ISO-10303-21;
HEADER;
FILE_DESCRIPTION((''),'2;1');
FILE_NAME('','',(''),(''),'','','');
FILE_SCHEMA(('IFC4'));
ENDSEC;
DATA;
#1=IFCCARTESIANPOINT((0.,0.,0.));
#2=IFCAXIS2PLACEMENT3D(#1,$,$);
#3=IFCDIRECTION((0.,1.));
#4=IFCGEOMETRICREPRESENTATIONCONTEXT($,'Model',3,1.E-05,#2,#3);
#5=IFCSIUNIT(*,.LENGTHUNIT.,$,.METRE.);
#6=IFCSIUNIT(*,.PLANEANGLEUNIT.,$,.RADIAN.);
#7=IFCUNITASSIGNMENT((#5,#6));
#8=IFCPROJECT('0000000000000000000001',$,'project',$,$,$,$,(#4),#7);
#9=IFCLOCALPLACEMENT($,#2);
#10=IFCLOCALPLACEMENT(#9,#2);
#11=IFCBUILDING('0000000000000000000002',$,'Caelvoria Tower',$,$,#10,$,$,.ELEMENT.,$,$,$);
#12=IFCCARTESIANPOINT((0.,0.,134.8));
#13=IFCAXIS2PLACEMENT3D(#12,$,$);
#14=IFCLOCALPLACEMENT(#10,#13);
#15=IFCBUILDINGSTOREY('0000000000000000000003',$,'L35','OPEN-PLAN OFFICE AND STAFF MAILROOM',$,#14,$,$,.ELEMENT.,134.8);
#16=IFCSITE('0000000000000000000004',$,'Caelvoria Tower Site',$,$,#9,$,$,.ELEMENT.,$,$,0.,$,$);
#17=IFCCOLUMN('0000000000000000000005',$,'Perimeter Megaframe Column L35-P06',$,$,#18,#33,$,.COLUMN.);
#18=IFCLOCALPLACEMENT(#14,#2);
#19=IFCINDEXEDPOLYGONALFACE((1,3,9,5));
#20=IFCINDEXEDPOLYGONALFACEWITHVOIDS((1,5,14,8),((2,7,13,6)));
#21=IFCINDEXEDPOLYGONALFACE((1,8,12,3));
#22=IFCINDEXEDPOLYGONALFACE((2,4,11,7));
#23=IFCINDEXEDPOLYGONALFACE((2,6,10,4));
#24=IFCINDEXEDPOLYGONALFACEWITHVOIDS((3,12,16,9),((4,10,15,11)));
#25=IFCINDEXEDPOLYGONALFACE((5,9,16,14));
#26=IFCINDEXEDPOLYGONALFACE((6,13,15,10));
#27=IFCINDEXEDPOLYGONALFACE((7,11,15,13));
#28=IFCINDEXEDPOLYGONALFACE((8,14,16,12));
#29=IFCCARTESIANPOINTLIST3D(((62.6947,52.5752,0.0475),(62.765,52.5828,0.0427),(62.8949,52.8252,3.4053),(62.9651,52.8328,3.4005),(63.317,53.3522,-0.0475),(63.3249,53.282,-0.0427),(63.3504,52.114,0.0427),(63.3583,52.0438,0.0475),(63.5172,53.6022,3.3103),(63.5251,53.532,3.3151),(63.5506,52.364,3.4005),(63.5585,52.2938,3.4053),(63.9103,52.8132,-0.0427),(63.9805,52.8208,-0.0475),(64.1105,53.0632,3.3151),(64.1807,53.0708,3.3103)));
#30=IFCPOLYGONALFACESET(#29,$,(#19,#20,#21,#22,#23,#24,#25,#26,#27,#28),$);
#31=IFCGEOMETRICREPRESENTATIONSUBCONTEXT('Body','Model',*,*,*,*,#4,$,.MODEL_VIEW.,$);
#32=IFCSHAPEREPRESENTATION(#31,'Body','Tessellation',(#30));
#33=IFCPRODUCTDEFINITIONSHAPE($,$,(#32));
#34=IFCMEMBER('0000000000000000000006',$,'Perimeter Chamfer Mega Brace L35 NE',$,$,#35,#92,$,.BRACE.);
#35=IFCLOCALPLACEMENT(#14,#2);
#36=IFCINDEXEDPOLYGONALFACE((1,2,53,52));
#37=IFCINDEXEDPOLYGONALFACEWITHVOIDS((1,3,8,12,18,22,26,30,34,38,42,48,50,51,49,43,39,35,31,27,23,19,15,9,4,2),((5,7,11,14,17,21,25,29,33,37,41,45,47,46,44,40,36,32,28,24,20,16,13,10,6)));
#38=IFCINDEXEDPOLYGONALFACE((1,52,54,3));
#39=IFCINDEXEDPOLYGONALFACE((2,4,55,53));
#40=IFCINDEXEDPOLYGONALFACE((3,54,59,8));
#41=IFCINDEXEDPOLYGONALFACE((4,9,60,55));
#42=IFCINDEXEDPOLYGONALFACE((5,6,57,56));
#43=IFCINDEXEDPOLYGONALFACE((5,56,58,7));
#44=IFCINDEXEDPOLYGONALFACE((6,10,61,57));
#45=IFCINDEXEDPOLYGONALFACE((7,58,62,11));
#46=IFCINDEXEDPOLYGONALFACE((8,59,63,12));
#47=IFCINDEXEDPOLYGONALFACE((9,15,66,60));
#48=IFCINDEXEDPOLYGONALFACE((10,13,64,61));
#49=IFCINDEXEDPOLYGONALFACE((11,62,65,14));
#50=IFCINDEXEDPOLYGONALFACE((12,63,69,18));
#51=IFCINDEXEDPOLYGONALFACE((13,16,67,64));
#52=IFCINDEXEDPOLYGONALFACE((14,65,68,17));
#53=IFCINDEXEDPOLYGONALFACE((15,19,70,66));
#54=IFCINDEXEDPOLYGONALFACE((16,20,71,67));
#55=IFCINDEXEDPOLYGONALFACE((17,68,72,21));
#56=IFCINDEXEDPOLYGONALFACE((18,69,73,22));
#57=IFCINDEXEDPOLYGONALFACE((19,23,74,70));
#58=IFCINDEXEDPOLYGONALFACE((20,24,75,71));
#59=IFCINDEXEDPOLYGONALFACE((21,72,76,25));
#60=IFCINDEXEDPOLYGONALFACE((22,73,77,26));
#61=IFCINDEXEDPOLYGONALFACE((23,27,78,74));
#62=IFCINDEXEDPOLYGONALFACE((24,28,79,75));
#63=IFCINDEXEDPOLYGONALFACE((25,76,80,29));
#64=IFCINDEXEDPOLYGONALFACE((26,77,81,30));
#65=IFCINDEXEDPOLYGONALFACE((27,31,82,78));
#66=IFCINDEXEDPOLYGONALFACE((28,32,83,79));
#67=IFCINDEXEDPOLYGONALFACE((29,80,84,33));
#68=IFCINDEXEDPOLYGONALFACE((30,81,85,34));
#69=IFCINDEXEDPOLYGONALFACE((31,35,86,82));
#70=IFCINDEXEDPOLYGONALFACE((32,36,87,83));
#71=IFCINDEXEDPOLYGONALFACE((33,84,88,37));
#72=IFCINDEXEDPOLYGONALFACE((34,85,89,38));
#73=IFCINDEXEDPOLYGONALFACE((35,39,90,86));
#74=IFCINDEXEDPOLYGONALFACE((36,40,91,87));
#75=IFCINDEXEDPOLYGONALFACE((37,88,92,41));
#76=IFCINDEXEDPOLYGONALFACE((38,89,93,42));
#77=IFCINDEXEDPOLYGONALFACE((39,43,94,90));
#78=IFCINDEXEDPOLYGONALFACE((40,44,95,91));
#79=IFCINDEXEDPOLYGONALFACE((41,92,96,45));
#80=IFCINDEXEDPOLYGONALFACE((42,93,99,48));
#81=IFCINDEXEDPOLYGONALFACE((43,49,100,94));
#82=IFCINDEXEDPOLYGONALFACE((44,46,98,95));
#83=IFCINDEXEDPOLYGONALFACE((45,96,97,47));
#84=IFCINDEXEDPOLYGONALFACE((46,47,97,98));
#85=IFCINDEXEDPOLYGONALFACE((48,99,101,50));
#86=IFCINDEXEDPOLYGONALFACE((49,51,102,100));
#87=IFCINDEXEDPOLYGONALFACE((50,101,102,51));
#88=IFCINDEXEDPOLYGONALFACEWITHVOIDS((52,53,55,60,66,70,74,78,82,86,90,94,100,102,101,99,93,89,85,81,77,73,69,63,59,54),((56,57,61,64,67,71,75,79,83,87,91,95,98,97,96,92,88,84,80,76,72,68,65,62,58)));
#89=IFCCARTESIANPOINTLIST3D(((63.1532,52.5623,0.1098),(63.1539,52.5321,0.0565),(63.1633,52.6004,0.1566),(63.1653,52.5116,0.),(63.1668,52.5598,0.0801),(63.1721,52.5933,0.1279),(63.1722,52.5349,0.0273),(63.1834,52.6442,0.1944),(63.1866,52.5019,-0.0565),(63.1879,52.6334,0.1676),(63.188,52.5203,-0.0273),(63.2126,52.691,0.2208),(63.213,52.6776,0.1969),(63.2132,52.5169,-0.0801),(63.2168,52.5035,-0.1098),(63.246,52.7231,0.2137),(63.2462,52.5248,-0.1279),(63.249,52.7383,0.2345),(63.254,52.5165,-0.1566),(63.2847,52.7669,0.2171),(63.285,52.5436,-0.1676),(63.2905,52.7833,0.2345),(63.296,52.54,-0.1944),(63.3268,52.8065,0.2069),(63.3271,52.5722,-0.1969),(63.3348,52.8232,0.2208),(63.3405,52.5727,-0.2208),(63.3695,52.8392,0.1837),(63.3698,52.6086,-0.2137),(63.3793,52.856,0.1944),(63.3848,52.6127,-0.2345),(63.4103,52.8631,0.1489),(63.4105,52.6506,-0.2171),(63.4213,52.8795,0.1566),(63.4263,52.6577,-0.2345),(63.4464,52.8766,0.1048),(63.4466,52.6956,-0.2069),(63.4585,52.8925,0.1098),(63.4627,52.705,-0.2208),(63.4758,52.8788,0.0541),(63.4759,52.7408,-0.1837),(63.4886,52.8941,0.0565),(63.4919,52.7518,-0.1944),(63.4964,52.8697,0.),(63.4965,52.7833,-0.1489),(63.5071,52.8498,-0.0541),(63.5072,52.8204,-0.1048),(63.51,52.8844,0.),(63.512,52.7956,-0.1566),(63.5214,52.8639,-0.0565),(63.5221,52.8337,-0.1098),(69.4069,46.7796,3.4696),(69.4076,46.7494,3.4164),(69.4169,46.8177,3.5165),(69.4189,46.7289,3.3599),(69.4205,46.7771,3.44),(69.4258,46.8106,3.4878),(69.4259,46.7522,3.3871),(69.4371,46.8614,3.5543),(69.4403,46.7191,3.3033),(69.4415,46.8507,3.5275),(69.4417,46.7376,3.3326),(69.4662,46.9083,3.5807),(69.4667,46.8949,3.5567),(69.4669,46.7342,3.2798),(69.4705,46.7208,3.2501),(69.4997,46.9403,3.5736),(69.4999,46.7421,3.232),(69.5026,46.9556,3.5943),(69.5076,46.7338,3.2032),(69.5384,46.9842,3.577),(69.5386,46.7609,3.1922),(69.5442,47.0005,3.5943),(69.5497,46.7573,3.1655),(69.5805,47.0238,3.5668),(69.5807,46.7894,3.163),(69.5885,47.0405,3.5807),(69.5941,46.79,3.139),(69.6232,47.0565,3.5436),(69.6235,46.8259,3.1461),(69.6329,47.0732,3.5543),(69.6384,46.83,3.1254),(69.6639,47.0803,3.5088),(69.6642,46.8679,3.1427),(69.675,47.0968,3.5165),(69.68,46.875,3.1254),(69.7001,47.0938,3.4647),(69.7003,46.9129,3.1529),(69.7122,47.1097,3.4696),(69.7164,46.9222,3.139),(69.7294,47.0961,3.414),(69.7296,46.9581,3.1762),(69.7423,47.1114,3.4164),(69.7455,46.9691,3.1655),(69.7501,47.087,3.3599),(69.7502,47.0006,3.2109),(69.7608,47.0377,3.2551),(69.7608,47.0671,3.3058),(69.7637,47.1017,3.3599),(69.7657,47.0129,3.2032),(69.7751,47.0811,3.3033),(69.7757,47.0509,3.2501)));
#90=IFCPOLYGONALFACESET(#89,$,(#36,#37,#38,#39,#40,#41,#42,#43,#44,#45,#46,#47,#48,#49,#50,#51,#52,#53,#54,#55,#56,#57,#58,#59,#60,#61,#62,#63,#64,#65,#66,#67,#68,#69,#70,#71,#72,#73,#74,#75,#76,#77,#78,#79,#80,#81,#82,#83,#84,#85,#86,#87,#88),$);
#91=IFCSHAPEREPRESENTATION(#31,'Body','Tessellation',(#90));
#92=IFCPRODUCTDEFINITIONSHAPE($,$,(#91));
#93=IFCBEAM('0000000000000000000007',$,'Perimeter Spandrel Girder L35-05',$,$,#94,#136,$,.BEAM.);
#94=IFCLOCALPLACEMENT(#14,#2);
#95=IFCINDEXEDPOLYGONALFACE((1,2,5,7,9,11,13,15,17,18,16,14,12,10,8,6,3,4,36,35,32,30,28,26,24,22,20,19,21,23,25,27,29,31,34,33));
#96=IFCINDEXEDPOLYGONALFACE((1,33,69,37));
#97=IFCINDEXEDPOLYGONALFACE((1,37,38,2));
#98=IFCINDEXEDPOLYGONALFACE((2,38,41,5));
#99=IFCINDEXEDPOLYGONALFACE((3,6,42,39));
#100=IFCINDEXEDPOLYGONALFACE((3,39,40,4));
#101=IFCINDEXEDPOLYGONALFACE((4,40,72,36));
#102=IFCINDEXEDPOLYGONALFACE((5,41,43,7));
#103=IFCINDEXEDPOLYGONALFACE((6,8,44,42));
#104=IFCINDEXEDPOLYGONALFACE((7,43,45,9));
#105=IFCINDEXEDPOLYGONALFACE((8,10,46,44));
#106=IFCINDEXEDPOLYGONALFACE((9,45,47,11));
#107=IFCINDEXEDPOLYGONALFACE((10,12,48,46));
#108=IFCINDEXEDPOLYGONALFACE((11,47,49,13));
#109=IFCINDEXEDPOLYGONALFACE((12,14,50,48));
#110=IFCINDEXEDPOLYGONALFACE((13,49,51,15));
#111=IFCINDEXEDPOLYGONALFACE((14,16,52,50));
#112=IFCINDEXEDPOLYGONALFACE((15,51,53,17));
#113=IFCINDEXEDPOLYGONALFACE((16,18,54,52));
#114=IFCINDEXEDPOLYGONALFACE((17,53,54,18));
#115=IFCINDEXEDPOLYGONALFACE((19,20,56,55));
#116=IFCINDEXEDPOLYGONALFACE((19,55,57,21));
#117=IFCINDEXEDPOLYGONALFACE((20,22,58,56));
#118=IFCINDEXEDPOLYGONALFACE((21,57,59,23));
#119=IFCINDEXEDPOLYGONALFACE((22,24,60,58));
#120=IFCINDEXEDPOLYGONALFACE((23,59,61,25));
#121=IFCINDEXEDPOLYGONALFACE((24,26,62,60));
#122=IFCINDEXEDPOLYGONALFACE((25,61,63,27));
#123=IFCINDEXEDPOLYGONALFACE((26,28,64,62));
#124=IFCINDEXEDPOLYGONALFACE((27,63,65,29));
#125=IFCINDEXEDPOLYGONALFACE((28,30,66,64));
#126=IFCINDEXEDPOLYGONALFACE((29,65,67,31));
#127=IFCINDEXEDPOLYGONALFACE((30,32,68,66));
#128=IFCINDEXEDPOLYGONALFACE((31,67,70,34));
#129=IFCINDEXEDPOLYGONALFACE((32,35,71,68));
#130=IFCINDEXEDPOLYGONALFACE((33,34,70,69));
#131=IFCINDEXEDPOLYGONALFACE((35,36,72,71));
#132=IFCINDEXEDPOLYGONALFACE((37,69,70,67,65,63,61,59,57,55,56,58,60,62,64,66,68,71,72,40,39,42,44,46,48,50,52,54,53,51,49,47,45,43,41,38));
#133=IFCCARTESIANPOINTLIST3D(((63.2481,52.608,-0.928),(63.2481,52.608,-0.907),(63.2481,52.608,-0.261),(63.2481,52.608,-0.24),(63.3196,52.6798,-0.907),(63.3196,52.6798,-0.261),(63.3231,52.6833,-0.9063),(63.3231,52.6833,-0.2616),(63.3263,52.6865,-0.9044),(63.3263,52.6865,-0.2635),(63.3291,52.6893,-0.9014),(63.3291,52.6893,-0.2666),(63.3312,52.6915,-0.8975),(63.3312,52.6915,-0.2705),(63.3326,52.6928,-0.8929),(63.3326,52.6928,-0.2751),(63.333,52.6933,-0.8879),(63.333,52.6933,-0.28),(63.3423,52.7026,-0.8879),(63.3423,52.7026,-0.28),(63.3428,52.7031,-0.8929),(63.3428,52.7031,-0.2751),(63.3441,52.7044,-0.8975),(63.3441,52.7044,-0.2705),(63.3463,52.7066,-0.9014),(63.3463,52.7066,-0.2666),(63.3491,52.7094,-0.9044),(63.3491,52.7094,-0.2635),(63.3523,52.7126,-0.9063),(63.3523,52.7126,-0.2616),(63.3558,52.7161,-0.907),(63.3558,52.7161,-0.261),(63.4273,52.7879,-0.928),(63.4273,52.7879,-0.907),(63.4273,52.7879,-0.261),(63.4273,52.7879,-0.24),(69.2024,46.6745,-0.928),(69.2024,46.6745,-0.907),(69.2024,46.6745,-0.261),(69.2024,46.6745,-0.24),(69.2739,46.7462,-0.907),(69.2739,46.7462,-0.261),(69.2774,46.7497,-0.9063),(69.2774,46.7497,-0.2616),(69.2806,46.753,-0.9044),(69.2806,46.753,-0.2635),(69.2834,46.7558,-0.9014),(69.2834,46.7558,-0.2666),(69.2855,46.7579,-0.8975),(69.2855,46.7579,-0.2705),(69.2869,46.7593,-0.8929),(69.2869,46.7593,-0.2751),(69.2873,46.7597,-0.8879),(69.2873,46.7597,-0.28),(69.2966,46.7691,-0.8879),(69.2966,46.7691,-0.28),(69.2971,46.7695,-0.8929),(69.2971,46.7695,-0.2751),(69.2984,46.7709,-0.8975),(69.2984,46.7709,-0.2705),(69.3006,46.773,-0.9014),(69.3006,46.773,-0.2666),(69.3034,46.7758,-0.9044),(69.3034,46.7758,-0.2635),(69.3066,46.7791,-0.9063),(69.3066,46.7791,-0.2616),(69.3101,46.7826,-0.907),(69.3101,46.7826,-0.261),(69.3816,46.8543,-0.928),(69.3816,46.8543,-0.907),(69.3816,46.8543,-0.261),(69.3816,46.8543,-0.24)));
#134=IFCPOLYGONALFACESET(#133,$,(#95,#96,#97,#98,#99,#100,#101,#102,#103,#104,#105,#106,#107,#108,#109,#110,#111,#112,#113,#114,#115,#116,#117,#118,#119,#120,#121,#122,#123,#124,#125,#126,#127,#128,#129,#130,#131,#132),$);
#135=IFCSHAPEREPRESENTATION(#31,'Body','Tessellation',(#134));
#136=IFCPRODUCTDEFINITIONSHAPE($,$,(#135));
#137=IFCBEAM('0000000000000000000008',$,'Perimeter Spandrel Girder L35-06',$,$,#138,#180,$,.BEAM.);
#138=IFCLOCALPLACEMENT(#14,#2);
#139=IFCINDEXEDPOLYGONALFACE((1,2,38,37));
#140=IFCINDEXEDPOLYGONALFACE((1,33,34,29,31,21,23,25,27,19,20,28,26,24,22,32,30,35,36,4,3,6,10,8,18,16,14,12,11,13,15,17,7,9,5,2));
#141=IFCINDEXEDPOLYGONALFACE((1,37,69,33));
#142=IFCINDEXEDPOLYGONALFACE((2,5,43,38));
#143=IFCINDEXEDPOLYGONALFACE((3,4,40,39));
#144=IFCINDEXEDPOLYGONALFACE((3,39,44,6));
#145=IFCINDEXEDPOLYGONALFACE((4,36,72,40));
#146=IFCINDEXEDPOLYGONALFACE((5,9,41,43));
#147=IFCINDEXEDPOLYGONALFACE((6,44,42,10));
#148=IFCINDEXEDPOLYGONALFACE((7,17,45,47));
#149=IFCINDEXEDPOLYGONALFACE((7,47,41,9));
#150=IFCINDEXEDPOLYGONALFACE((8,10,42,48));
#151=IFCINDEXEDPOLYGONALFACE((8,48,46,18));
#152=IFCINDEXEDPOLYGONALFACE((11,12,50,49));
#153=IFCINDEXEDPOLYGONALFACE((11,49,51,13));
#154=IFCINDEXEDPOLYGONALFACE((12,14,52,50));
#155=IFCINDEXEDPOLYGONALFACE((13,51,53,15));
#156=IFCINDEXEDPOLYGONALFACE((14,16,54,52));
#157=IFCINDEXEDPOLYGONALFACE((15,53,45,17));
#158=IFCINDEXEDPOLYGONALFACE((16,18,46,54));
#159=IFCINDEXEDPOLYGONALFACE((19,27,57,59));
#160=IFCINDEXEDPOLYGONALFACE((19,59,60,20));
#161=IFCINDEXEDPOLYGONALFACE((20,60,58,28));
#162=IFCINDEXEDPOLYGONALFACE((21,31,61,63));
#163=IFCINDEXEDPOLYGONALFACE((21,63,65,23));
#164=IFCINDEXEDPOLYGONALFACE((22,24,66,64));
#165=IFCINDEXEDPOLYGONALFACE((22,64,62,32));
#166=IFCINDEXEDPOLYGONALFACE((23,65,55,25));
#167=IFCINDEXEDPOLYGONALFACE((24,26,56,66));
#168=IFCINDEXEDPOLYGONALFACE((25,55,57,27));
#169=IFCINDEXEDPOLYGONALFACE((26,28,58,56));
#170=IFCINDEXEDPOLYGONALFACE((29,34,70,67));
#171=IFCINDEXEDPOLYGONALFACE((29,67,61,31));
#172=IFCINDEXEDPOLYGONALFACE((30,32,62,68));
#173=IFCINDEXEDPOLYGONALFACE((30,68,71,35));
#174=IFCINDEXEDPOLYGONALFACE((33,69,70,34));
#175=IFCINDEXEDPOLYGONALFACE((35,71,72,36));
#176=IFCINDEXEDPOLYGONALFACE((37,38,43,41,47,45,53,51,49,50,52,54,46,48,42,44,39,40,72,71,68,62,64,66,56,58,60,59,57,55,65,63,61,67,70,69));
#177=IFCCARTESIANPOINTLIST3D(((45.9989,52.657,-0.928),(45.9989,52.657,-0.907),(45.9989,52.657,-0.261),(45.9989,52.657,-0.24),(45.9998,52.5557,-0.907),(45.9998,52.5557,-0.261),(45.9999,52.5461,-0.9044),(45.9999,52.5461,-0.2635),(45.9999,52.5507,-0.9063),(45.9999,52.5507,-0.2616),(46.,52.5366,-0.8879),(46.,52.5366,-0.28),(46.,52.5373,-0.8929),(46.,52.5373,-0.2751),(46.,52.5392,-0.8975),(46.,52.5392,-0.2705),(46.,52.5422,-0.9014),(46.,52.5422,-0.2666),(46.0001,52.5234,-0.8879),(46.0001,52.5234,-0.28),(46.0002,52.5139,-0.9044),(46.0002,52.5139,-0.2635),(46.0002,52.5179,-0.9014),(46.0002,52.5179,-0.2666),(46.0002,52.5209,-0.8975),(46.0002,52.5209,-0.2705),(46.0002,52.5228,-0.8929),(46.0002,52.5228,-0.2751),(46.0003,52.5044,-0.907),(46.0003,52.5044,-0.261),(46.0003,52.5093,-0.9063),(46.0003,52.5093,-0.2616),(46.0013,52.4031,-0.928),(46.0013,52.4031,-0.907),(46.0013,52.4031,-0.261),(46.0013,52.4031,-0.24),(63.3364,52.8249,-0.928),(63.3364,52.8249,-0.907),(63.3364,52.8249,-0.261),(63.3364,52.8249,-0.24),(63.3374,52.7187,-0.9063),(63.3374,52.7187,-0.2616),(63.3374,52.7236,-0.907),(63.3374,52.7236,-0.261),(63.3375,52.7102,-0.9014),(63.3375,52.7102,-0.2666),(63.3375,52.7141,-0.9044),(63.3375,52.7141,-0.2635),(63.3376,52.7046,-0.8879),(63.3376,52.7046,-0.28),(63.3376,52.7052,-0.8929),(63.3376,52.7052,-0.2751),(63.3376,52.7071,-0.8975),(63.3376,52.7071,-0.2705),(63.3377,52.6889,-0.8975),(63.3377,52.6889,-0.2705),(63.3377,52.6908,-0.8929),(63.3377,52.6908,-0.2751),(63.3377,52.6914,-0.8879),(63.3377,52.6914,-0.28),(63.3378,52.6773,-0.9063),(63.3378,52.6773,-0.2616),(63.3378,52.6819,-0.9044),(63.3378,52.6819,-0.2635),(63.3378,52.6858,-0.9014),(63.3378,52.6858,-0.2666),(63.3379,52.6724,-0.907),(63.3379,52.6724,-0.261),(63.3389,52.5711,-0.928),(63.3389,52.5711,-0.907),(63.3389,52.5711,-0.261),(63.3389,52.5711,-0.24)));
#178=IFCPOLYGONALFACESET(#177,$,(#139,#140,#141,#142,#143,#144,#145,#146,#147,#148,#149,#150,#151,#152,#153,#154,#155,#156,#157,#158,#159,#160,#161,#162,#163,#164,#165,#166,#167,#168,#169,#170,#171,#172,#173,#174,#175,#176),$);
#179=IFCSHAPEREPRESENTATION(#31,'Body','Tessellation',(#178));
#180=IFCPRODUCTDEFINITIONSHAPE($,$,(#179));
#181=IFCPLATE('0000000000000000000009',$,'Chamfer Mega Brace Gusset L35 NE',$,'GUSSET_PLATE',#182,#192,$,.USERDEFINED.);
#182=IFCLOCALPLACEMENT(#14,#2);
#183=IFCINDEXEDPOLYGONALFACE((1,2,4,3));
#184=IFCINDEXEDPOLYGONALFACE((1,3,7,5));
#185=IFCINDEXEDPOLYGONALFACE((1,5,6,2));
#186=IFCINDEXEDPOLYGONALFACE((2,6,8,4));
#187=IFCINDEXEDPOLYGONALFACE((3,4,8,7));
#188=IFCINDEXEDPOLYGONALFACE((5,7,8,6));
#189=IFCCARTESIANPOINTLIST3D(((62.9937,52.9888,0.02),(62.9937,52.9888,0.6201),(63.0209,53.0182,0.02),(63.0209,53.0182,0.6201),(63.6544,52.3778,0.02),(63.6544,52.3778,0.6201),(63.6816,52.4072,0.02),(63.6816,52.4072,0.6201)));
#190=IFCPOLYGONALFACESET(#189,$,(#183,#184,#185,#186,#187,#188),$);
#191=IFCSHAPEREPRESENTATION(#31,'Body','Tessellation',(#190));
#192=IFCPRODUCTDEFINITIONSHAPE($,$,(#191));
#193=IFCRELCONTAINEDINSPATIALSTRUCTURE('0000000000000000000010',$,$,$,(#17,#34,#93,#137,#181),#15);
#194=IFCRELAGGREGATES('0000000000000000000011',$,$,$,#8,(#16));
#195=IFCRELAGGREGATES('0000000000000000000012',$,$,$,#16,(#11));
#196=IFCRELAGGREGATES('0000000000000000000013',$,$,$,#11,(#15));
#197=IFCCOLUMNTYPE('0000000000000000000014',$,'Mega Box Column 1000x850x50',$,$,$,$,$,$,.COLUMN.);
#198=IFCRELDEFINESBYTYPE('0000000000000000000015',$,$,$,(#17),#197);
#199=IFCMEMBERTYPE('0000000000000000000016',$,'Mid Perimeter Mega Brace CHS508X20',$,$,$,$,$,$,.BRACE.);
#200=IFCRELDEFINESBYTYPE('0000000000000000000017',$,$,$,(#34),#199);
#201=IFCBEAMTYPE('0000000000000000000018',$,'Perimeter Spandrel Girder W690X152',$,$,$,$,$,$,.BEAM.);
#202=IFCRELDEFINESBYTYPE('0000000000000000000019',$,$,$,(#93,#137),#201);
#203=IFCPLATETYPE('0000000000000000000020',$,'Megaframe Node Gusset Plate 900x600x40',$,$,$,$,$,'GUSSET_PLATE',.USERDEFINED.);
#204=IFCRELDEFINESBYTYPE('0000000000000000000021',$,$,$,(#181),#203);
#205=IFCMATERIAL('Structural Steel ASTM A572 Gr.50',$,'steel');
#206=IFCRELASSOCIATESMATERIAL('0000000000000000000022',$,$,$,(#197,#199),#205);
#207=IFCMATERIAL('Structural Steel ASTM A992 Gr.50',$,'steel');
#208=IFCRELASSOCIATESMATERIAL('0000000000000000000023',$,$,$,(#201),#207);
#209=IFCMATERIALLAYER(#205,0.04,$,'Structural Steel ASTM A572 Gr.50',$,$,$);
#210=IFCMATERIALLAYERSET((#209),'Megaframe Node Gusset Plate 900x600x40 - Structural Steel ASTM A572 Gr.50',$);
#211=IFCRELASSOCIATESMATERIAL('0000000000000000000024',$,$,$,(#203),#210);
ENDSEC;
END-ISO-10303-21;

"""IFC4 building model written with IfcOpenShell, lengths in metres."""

from ifc_helpers import new_model, si_unit, direction, frame, origin, origin_2d, place, context, subcontext, project, spatial, rectangle, hollow_rectangle, hollow_circle, i_section, extrude, material, layer, layer_set, material_profile, profile_set, type_object, element, save


model = new_model("IFC4")

# Units and contexts
model_context = context("Model", 3, precision=1e-05, world=origin(), true_north=direction((0.0, 1.0)))
body_context = subcontext(model_context, "Body", "Model", "MODEL_VIEW")
ifc_project = project(units=[si_unit("LENGTHUNIT", "METRE"), si_unit("PLANEANGLEUNIT", "RADIAN")], contexts=[model_context])

# Site, building, storey
site_placement = place(None, origin())
site = spatial("IfcSite", under=ifc_project, at=site_placement, Name="Caelvoria Tower Site", CompositionType="ELEMENT", RefElevation=0.0)
building_placement = place(site_placement, origin())
building = spatial("IfcBuilding", under=site, at=building_placement, Name="Caelvoria Tower", CompositionType="ELEMENT")
storey_placement = place(building_placement, frame((0.0, 0.0, 134.8)))
storey = spatial("IfcBuildingStorey", under=building, at=storey_placement, Name="L35", Description="OPEN-PLAN OFFICE AND STAFF MAILROOM", CompositionType="ELEMENT", Elevation=134.8)

# Column
ifc_material_1 = material(Name="Structural Steel ASTM A572 Gr.50", Category="steel")
ifc_material_profile_1 = material_profile(ifc_material_1, hollow_rectangle(XDim=0.8501, YDim=1.0, WallThickness=0.05, at=origin_2d()), Name="Structural Steel ASTM A572 Gr.50")
ifc_profile_set_1 = profile_set([ifc_material_profile_1], Name="BOX1000X850X50 - Structural Steel ASTM A572 Gr.50")
column_type = type_object("IfcColumnType", Name="Mega Box Column 1000x850x50", PredefinedType="COLUMN", material=ifc_profile_set_1)
column_placement = place(storey_placement, frame((63.3376, 52.698, 0.0), z_axis=(0.05935, 0.074115, 0.995482), x_axis=(-0.780571, 0.625067, 0.0)))
element("IfcColumn", 1, at=column_placement, inside=storey, type_object=column_type, Name="Perimeter Megaframe Column L35-P06", PredefinedType="COLUMN", context=body_context, shape_type="SweptSolid", body=[
    extrude(hollow_rectangle(XDim=0.8501, YDim=1.0, WallThickness=0.05, at=origin_2d()), origin(), (0.0, 0.0, 1.0), 3.373),
])

# Member
ifc_material_profile_2 = material_profile(ifc_material_1, hollow_circle(Radius=0.2539, WallThickness=0.02, at=origin_2d()), Name="Structural Steel ASTM A572 Gr.50")
ifc_profile_set_2 = profile_set([ifc_material_profile_2], Name="CHS508X20 - Structural Steel ASTM A572 Gr.50")
member_type = type_object("IfcMemberType", Name="Mid Perimeter Mega Brace CHS508X20", PredefinedType="BRACE", material=ifc_profile_set_2)
member_placement = place(storey_placement, frame((63.3376, 52.698, 0.0), z_axis=(0.682994, -0.63156, 0.366948), x_axis=(0.67892, 0.734212, 0.0)))
element("IfcMember", 2, at=member_placement, inside=storey, type_object=member_type, Name="Perimeter Chamfer Mega Brace L35 NE", PredefinedType="BRACE", context=body_context, shape_type="SweptSolid", body=[
    extrude(hollow_circle(Radius=0.2539, WallThickness=0.02, at=origin_2d()), origin(), (0.0, 0.0, 1.0), 9.1562),
])

# Beams
ifc_material_2 = material(Name="Structural Steel ASTM A992 Gr.50", Category="steel")
ifc_material_profile_3 = material_profile(ifc_material_2, i_section(OverallWidth=0.2539, OverallDepth=0.688, WebThickness=0.0132, FlangeThickness=0.021, FilletRadius=0.019, at=origin_2d()), Name="Structural Steel ASTM A992 Gr.50")
ifc_profile_set_3 = profile_set([ifc_material_profile_3], Name="W690X152 - Structural Steel ASTM A992 Gr.50")
beam_type = type_object("IfcBeamType", Name="Perimeter Spandrel Girder W690X152", PredefinedType="BEAM", material=ifc_profile_set_3)
beam_1_placement = place(storey_placement, frame((69.292, 46.7644, -0.584), z_axis=(-0.70834, 0.705871, 0.0), x_axis=(-0.705871, -0.70834, 0.0)))
element("IfcBeam", 3, at=beam_1_placement, inside=storey, type_object=beam_type, Name="Perimeter Spandrel Girder L35-05", PredefinedType="BEAM", context=body_context, shape_type="SweptSolid", body=[
    extrude(i_section(OverallWidth=0.2539, OverallDepth=0.688, WebThickness=0.0132, FlangeThickness=0.021, FilletRadius=0.019, at=origin_2d()), origin(), (0.0, 0.0, 1.0), 8.406),
])
beam_2_placement = place(storey_placement, frame((63.3376, 52.698, -0.584), z_axis=(-0.999953, -0.009688, 0.0), x_axis=(0.009688, -0.999953, 0.0)))
element("IfcBeam", 4, at=beam_2_placement, inside=storey, type_object=beam_type, Name="Perimeter Spandrel Girder L35-06", PredefinedType="BEAM", context=body_context, shape_type="SweptSolid", body=[
    extrude(i_section(OverallWidth=0.2539, OverallDepth=0.688, WebThickness=0.0132, FlangeThickness=0.021, FilletRadius=0.019, at=origin_2d()), origin(), (0.0, 0.0, 1.0), 17.3384),
])

# Plate
ifc_layer_1 = layer(ifc_material_1, 0.04, Name="Structural Steel ASTM A572 Gr.50")
ifc_layer_set_1 = layer_set([ifc_layer_1], Name="Megaframe Node Gusset Plate 900x600x40 - Structural Steel ASTM A572 Gr.50")
plate_type = type_object("IfcPlateType", Name="Megaframe Node Gusset Plate 900x600x40", ElementType="GUSSET_PLATE", PredefinedType="USERDEFINED", material=ifc_layer_set_1)
plate_placement = place(storey_placement, frame((63.3376, 52.698, 0.02), z_axis=(0.0, 0.0, 1.0), x_axis=(0.734203, -0.67893, 0.0)))
element("IfcPlate", 5, at=plate_placement, inside=storey, type_object=plate_type, Name="Chamfer Mega Brace Gusset L35 NE", ObjectType="GUSSET_PLATE", PredefinedType="USERDEFINED", context=body_context, shape_type="SweptSolid", body=[
    extrude(rectangle(XDim=0.8999, YDim=0.04, at=origin_2d()), origin(), (0.0, 0.0, 1.0), 0.6001),
])

save(model, "model.ifc")
